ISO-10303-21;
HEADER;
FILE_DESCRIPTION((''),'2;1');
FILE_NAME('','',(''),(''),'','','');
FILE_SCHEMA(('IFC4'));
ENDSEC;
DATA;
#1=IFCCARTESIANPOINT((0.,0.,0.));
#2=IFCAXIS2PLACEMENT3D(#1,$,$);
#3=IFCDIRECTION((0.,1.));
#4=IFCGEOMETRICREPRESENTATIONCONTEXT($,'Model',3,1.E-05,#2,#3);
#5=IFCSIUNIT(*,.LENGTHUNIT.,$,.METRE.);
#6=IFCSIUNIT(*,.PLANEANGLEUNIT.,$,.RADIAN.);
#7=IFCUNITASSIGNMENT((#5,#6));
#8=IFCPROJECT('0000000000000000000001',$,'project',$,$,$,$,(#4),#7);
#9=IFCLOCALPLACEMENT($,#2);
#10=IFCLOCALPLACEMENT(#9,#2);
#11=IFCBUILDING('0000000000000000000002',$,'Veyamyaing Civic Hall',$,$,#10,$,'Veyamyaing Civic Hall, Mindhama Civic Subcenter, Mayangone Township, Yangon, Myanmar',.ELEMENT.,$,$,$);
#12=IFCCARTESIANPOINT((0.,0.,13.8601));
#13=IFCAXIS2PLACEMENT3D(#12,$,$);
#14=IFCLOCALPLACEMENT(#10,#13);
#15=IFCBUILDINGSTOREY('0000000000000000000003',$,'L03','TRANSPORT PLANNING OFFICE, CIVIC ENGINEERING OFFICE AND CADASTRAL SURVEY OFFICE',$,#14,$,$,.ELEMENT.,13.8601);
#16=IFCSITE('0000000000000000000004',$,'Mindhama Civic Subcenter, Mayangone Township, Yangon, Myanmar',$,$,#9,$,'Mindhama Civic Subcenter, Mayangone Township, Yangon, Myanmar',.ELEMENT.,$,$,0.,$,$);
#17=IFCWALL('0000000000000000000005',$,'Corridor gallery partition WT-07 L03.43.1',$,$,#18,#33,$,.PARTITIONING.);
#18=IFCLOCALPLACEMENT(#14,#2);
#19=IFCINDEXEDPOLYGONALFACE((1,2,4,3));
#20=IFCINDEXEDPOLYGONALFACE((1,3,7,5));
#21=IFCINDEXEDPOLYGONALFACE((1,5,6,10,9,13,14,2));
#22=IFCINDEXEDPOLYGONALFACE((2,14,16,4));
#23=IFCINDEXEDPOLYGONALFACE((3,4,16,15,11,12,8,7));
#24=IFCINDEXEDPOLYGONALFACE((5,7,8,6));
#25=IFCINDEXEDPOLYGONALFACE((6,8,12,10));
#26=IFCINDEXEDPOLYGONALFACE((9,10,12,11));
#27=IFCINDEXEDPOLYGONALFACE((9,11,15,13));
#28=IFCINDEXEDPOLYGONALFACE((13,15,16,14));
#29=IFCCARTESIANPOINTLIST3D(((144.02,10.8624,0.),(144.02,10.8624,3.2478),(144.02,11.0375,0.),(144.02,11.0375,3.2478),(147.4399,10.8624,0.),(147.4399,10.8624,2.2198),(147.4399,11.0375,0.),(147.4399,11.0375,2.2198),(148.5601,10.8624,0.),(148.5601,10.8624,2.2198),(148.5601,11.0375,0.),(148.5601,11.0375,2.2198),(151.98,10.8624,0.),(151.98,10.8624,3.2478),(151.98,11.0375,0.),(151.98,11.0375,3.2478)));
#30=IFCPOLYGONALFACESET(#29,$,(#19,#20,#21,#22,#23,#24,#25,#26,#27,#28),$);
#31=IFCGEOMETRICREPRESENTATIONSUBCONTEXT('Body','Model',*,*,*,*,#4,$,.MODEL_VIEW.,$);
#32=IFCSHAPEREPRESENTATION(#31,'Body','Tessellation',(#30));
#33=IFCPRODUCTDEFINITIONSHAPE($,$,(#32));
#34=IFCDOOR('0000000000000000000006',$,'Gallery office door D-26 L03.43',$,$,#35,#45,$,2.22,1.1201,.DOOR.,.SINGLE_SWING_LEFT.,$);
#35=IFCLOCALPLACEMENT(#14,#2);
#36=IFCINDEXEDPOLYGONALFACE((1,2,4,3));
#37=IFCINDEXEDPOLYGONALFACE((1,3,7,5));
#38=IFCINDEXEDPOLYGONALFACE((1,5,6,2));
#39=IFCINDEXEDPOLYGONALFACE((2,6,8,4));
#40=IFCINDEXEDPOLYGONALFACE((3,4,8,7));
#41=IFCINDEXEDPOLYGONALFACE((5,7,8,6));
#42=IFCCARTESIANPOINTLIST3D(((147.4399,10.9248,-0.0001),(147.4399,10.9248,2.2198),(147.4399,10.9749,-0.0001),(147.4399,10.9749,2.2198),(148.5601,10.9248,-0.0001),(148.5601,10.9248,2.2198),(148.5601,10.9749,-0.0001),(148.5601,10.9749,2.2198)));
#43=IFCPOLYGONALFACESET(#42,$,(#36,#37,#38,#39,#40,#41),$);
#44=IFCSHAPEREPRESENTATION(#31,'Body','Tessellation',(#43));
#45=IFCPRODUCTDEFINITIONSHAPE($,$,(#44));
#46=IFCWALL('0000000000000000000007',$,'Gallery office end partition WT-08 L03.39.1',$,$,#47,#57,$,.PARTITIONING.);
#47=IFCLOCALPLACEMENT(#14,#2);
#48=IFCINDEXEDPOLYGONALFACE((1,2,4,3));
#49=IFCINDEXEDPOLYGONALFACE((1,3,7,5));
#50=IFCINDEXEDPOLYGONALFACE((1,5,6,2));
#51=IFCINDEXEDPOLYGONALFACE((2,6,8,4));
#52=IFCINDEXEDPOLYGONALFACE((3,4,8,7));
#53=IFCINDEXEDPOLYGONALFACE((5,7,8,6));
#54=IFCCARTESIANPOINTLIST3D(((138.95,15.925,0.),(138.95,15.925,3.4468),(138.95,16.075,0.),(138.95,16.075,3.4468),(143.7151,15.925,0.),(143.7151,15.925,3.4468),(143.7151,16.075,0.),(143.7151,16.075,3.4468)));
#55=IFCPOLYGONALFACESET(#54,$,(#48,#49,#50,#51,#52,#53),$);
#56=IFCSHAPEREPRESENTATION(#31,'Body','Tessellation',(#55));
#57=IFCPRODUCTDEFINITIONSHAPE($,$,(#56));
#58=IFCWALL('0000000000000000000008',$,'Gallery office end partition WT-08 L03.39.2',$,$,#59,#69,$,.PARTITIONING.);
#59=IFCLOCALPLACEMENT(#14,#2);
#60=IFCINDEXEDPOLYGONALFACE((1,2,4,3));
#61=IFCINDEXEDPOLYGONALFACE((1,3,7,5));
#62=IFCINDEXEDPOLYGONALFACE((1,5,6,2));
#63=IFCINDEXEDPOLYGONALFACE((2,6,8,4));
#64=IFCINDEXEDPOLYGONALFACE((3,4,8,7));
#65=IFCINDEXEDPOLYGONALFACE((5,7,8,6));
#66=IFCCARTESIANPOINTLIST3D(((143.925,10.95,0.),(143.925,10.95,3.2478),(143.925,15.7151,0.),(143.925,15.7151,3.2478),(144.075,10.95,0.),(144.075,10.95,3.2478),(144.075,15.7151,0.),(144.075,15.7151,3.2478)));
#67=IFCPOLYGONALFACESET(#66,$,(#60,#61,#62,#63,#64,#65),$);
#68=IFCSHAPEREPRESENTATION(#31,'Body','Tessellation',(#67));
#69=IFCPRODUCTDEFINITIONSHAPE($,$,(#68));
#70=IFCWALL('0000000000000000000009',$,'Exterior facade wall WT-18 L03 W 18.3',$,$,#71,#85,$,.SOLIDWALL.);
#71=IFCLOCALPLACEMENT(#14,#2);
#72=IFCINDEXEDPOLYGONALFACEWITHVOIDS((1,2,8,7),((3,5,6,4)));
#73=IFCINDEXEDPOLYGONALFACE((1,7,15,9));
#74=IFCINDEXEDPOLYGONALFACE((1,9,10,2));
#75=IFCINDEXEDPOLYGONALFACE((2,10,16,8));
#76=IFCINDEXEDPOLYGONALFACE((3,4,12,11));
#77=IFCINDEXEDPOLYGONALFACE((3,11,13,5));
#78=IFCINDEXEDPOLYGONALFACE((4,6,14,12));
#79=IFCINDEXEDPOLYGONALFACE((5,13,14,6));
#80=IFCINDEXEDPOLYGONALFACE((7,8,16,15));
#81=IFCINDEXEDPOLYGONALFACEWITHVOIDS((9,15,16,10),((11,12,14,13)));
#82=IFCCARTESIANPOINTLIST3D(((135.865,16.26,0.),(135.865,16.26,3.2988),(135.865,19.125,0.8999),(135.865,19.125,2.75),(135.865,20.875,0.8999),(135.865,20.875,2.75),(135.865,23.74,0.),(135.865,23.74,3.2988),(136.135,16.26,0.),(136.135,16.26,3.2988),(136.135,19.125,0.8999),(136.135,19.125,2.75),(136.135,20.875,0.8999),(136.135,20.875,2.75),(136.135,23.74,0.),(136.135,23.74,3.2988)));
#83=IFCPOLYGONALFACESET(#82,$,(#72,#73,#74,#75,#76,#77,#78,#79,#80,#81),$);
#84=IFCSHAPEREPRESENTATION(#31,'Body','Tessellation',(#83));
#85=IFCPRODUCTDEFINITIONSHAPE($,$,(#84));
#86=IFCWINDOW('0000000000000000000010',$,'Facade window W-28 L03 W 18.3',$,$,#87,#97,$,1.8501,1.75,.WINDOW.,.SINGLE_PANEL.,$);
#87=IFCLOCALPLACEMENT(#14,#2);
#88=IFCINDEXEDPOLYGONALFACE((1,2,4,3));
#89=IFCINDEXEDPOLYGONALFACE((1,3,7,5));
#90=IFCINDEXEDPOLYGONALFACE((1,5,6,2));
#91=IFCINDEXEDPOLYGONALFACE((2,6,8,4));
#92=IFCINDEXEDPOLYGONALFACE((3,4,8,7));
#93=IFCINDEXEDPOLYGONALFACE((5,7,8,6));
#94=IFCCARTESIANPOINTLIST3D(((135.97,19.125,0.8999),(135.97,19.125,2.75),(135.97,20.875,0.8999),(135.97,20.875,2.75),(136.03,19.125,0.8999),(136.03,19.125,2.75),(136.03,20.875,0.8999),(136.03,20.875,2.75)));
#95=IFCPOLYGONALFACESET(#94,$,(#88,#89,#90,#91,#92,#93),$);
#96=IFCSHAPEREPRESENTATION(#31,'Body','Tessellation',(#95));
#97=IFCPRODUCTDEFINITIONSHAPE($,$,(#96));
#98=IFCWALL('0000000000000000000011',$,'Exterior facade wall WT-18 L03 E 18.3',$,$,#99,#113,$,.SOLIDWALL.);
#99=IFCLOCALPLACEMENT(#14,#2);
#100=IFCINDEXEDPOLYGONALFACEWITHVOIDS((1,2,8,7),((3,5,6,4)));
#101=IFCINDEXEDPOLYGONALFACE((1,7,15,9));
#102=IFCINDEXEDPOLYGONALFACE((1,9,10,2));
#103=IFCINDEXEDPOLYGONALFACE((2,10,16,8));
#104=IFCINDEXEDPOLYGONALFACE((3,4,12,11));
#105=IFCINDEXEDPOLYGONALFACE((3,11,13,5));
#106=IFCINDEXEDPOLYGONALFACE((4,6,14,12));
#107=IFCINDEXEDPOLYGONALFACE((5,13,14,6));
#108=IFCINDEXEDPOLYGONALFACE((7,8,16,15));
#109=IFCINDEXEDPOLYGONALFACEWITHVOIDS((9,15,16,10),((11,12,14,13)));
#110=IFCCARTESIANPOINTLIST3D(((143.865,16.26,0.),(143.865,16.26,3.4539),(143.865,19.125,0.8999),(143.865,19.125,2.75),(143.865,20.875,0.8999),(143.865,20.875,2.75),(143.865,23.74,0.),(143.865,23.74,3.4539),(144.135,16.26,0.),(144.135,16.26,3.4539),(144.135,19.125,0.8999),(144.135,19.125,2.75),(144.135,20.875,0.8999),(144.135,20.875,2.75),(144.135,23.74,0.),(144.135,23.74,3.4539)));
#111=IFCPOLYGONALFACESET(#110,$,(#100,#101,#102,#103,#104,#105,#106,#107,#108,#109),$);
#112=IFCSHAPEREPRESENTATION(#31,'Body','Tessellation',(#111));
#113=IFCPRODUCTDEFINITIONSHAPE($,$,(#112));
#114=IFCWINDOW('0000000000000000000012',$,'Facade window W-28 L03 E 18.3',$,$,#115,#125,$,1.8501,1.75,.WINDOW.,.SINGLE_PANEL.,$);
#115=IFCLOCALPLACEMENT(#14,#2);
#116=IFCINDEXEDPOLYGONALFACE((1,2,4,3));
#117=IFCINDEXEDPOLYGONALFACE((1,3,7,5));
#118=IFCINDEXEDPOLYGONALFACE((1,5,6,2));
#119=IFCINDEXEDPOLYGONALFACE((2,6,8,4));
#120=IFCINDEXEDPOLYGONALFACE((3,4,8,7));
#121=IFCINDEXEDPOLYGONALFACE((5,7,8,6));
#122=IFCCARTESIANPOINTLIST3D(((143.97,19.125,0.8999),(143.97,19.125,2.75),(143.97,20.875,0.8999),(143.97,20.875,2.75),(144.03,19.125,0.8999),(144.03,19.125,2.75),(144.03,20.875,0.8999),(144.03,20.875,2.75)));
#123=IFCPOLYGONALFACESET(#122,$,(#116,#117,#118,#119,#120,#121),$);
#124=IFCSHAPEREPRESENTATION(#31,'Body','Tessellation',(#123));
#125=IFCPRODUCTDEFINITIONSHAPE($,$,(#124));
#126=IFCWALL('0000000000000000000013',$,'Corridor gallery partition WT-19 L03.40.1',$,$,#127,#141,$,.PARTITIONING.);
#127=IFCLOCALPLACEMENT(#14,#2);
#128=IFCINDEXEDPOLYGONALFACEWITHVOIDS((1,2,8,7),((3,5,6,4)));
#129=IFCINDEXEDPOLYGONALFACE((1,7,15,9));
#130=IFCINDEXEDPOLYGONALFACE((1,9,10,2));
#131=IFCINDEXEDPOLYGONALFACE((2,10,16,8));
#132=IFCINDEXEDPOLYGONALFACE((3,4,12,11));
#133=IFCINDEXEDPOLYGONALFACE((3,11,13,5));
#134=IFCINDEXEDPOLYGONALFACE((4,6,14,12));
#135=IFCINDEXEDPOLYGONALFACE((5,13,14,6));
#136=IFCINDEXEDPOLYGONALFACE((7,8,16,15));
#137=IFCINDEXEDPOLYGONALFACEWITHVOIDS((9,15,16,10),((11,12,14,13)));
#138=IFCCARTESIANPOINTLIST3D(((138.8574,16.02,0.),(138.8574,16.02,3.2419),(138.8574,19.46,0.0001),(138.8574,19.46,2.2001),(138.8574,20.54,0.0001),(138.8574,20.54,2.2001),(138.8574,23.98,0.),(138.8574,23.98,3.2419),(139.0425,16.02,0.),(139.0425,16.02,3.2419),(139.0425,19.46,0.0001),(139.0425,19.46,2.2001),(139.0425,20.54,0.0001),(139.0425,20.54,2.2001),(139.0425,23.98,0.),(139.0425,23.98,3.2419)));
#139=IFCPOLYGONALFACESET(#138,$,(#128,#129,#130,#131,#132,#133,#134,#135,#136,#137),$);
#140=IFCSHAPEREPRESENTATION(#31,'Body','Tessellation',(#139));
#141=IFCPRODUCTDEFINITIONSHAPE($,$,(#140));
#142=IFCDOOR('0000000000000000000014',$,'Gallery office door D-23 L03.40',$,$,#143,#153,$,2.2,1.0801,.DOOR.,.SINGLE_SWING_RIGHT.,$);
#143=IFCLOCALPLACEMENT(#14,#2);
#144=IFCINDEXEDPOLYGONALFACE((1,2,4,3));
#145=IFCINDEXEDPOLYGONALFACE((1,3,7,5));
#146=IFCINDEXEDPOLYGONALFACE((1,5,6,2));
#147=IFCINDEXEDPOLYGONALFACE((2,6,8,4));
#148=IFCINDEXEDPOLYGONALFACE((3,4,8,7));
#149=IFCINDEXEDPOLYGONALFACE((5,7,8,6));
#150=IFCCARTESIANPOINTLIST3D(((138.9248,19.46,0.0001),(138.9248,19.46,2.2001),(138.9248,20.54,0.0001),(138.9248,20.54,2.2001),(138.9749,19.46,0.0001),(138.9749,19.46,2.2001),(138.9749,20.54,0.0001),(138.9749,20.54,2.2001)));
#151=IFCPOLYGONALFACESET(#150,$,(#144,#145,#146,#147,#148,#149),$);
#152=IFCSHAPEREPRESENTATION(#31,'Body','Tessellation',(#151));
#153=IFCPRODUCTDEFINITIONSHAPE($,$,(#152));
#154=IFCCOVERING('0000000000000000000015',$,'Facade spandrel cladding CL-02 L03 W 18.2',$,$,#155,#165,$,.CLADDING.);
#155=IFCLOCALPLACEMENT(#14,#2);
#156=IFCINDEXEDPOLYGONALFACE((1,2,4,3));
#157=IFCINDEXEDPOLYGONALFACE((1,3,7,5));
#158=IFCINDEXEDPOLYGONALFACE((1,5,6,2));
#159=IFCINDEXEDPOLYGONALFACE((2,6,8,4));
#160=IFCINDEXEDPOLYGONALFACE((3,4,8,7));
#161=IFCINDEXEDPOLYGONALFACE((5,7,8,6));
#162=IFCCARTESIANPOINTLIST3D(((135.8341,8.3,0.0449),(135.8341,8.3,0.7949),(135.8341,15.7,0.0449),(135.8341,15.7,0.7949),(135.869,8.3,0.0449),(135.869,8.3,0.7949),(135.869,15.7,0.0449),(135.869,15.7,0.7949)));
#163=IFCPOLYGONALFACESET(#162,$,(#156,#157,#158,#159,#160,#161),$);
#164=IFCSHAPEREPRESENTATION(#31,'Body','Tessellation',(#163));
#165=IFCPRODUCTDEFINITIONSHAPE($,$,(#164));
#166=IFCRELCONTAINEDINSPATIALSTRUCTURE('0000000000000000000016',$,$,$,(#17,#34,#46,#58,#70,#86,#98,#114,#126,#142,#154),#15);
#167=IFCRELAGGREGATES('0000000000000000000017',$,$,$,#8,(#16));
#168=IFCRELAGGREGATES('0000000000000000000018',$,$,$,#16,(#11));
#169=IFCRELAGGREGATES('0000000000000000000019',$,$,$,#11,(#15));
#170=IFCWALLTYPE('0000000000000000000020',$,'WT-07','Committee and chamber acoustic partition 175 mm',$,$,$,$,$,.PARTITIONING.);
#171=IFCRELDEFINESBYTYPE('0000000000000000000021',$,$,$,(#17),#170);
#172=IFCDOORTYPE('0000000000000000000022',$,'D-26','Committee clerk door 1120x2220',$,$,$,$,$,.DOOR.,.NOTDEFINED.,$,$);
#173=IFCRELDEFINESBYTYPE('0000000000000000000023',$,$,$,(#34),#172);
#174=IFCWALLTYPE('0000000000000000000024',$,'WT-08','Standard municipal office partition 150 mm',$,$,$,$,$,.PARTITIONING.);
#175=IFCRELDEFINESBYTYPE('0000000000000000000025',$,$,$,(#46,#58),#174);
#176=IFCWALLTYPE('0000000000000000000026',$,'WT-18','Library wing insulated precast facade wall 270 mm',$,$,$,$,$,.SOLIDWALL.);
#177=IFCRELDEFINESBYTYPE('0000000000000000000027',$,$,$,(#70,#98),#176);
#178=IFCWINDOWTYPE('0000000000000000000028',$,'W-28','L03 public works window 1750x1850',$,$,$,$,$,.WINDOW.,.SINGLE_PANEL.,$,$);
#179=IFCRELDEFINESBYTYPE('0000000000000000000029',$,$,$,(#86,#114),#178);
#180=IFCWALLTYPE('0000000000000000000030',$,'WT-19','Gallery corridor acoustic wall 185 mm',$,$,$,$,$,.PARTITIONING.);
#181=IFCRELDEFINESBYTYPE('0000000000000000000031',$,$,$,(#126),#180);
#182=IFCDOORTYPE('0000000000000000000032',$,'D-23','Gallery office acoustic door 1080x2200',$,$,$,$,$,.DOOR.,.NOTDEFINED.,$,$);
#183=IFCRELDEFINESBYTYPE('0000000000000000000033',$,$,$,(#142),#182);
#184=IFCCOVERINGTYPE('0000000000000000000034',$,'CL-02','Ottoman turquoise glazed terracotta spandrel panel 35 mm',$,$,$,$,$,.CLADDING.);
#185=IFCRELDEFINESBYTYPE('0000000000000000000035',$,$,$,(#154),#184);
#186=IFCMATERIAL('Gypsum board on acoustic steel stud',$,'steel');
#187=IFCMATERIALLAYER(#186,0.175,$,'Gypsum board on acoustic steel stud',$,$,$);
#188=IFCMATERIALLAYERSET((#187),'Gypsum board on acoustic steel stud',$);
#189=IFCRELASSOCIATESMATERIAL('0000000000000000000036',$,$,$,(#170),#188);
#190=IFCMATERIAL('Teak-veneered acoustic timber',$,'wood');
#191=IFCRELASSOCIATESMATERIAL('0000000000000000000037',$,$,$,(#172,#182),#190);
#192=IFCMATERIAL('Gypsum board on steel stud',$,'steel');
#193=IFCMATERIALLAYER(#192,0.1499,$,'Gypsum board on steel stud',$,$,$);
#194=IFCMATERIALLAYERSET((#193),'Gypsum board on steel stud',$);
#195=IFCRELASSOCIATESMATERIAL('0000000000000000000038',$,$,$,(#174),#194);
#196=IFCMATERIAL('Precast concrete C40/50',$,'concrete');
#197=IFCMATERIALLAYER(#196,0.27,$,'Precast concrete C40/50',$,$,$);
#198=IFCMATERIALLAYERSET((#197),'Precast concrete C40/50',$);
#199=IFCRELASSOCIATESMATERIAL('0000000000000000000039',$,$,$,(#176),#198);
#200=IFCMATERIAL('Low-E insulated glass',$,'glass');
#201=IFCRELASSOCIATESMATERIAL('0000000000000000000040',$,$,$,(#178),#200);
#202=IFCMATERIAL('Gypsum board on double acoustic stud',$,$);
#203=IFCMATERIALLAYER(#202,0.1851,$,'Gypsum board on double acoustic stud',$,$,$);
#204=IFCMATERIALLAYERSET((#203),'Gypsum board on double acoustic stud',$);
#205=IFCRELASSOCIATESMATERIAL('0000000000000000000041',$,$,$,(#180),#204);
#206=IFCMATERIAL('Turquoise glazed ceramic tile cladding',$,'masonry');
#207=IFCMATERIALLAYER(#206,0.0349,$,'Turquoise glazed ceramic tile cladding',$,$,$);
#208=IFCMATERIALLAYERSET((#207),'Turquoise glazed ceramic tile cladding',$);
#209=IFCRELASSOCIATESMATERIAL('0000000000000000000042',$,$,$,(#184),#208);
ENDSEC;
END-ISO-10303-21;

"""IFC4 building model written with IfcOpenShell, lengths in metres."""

from ifc_helpers import new_model, si_unit, direction, frame, frame_2d, origin, origin_2d, place, context, subcontext, project, spatial, rectangle, extrude, material, layer, layer_set, type_object, element, fill, save


model = new_model("IFC4")

# Units and contexts
model_context = context("Model", 3, precision=1e-05, world=origin(), true_north=direction((0.0, 1.0)))
body_context = subcontext(model_context, "Body", "Model", "MODEL_VIEW")
ifc_project = project(units=[si_unit("LENGTHUNIT", "METRE"), si_unit("PLANEANGLEUNIT", "RADIAN")], contexts=[model_context])

# Site, building, storey
site_placement = place(None, origin())
site = spatial("IfcSite", under=ifc_project, at=site_placement, Name="Mindhama Civic Subcenter, Mayangone Township, Yangon, Myanmar", LongName="Mindhama Civic Subcenter, Mayangone Township, Yangon, Myanmar", CompositionType="ELEMENT", RefElevation=0.0)
building_placement = place(site_placement, origin())
building = spatial("IfcBuilding", under=site, at=building_placement, Name="Veyamyaing Civic Hall", LongName="Veyamyaing Civic Hall, Mindhama Civic Subcenter, Mayangone Township, Yangon, Myanmar", CompositionType="ELEMENT")
storey_placement = place(building_placement, frame((0.0, 0.0, 13.8601)))
storey = spatial("IfcBuildingStorey", under=building, at=storey_placement, Name="L03", Description="TRANSPORT PLANNING OFFICE, CIVIC ENGINEERING OFFICE AND CADASTRAL SURVEY OFFICE", CompositionType="ELEMENT", Elevation=13.8601)

# Wall, opening, door
ifc_material_1 = material(Name="Gypsum board on acoustic steel stud", Category="steel")
ifc_layer_1 = layer(ifc_material_1, 0.175, Name="Gypsum board on acoustic steel stud")
ifc_layer_set_1 = layer_set([ifc_layer_1], Name="Gypsum board on acoustic steel stud")
wall_type_1 = type_object("IfcWallType", Name="WT-07", Description="Committee and chamber acoustic partition 175 mm", PredefinedType="PARTITIONING", material=ifc_layer_set_1)
wall_1_placement = place(storey_placement, frame((144.02, 10.95, 0.0), z_axis=(0.0, 0.0, 1.0), x_axis=(1.0, 0.0, 0.0)))
wall_1 = element("IfcWall", 1, at=wall_1_placement, inside=storey, type_object=wall_type_1, Name="Corridor gallery partition WT-07 L03.43.1", PredefinedType="PARTITIONING", context=body_context, shape_type="SweptSolid", body=[
    extrude(rectangle(XDim=7.96, YDim=0.175, at=frame_2d((3.98, 0.0))), origin(), (0.0, 0.0, 1.0), 3.2478),
])
opening_1_placement = place(wall_1_placement, frame((3.4199, 0.0, 0.0)))
opening_1 = element("IfcOpeningElement", 2, at=opening_1_placement, cuts=wall_1, PredefinedType="OPENING", context=body_context, shape_type="SweptSolid", body=[
    extrude(rectangle(XDim=1.1201, YDim=2.22, at=frame_2d((0.5601, 1.1099))), frame((0.0, 0.0974, 0.0), z_axis=(0.0, -1.0, 0.0), x_axis=(1.0, 0.0, 0.0)), (0.0, 0.0, 1.0), 0.1951),
])
ifc_material_2 = material(Name="Teak-veneered acoustic timber", Category="wood")
door_type_1 = type_object("IfcDoorType", Name="D-26", Description="Committee clerk door 1120x2220", OperationType="NOTDEFINED", PredefinedType="DOOR", material=ifc_material_2)
door_1_placement = place(opening_1_placement, origin())
door_1 = element("IfcDoor", 3, at=door_1_placement, inside=storey, type_object=door_type_1, Name="Gallery office door D-26 L03.43", OperationType="SINGLE_SWING_LEFT", OverallHeight=2.22, OverallWidth=1.1201, PredefinedType="DOOR", context=body_context, shape_type="SweptSolid", body=[
    extrude(rectangle(XDim=1.1201, YDim=2.22, at=frame_2d((0.5601, 1.1099))), frame((0.0, 0.0249, 0.0), z_axis=(0.0, -1.0, 0.0), x_axis=(1.0, 0.0, 0.0)), (0.0, 0.0, 1.0), 0.05),
])
fill(opening_1, door_1)

# Walls
ifc_material_3 = material(Name="Gypsum board on steel stud", Category="steel")
ifc_layer_2 = layer(ifc_material_3, 0.1499, Name="Gypsum board on steel stud")
ifc_layer_set_2 = layer_set([ifc_layer_2], Name="Gypsum board on steel stud")
wall_type_2 = type_object("IfcWallType", Name="WT-08", Description="Standard municipal office partition 150 mm", PredefinedType="PARTITIONING", material=ifc_layer_set_2)
wall_2_placement = place(storey_placement, frame((138.95, 16.0, 0.0), z_axis=(0.0, 0.0, 1.0), x_axis=(1.0, 0.0, 0.0)))
element("IfcWall", 4, at=wall_2_placement, inside=storey, type_object=wall_type_2, Name="Gallery office end partition WT-08 L03.39.1", PredefinedType="PARTITIONING", context=body_context, shape_type="SweptSolid", body=[
    extrude(rectangle(XDim=4.7651, YDim=0.1499, at=frame_2d((2.3826, 0.0))), origin(), (0.0, 0.0, 1.0), 3.4468),
])
wall_3_placement = place(storey_placement, frame((144.0, 10.95, 0.0), z_axis=(0.0, 0.0, 1.0), x_axis=(0.0, 1.0, 0.0)))
element("IfcWall", 5, at=wall_3_placement, inside=storey, type_object=wall_type_2, Name="Gallery office end partition WT-08 L03.39.2", PredefinedType="PARTITIONING", context=body_context, shape_type="SweptSolid", body=[
    extrude(rectangle(XDim=4.7651, YDim=0.1499, at=frame_2d((2.3826, 0.0))), origin(), (0.0, 0.0, 1.0), 3.2478),
])

# Walls, openings, windows
ifc_material_4 = material(Name="Precast concrete C40/50", Category="concrete")
ifc_layer_3 = layer(ifc_material_4, 0.27, Name="Precast concrete C40/50")
ifc_layer_set_3 = layer_set([ifc_layer_3], Name="Precast concrete C40/50")
wall_type_3 = type_object("IfcWallType", Name="WT-18", Description="Library wing insulated precast facade wall 270 mm", PredefinedType="SOLIDWALL", material=ifc_layer_set_3)
wall_4_placement = place(storey_placement, frame((136.0, 16.26, 0.0), z_axis=(0.0, 0.0, 1.0), x_axis=(0.0, 1.0, 0.0)))
wall_4 = element("IfcWall", 6, at=wall_4_placement, inside=storey, type_object=wall_type_3, Name="Exterior facade wall WT-18 L03 W 18.3", PredefinedType="SOLIDWALL", context=body_context, shape_type="SweptSolid", body=[
    extrude(rectangle(XDim=7.48, YDim=0.27, at=frame_2d((3.74, 0.0))), origin(), (0.0, 0.0, 1.0), 3.2988),
])
opening_2_placement = place(wall_4_placement, frame((2.865, 0.0, 0.8999)))
opening_2 = element("IfcOpeningElement", 7, at=opening_2_placement, cuts=wall_4, PredefinedType="OPENING", context=body_context, shape_type="SweptSolid", body=[
    extrude(rectangle(XDim=1.75, YDim=1.8501, at=frame_2d((0.875, 0.925))), frame((0.0, 0.145, 0.0), z_axis=(0.0, -1.0, 0.0), x_axis=(1.0, 0.0, 0.0)), (0.0, 0.0, 1.0), 0.29),
])
ifc_material_5 = material(Name="Low-E insulated glass", Category="glass")
window_type = type_object("IfcWindowType", Name="W-28", Description="L03 public works window 1750x1850", PartitioningType="SINGLE_PANEL", PredefinedType="WINDOW", material=ifc_material_5)
window_1_placement = place(opening_2_placement, origin())
window_1 = element("IfcWindow", 8, at=window_1_placement, inside=storey, type_object=window_type, Name="Facade window W-28 L03 W 18.3", OverallHeight=1.8501, OverallWidth=1.75, PartitioningType="SINGLE_PANEL", PredefinedType="WINDOW", context=body_context, shape_type="SweptSolid", body=[
    extrude(rectangle(XDim=1.75, YDim=1.8501, at=frame_2d((0.875, 0.925))), frame((0.0, 0.03, 0.0), z_axis=(0.0, -1.0, 0.0), x_axis=(1.0, 0.0, 0.0)), (0.0, 0.0, 1.0), 0.0601),
])
fill(opening_2, window_1)
wall_5_placement = place(storey_placement, frame((144.0, 16.26, 0.0), z_axis=(0.0, 0.0, 1.0), x_axis=(0.0, 1.0, 0.0)))
wall_5 = element("IfcWall", 9, at=wall_5_placement, inside=storey, type_object=wall_type_3, Name="Exterior facade wall WT-18 L03 E 18.3", PredefinedType="SOLIDWALL", context=body_context, shape_type="SweptSolid", body=[
    extrude(rectangle(XDim=7.48, YDim=0.27, at=frame_2d((3.74, 0.0))), origin(), (0.0, 0.0, 1.0), 3.4539),
])
opening_3_placement = place(wall_5_placement, frame((2.865, 0.0, 0.8999)))
opening_3 = element("IfcOpeningElement", 10, at=opening_3_placement, cuts=wall_5, PredefinedType="OPENING", context=body_context, shape_type="SweptSolid", body=[
    extrude(rectangle(XDim=1.75, YDim=1.8501, at=frame_2d((0.875, 0.925))), frame((0.0, 0.145, 0.0), z_axis=(0.0, -1.0, 0.0), x_axis=(1.0, 0.0, 0.0)), (0.0, 0.0, 1.0), 0.29),
])
window_2_placement = place(opening_3_placement, origin())
window_2 = element("IfcWindow", 11, at=window_2_placement, inside=storey, type_object=window_type, Name="Facade window W-28 L03 E 18.3", OverallHeight=1.8501, OverallWidth=1.75, PartitioningType="SINGLE_PANEL", PredefinedType="WINDOW", context=body_context, shape_type="SweptSolid", body=[
    extrude(rectangle(XDim=1.75, YDim=1.8501, at=frame_2d((0.875, 0.925))), frame((0.0, 0.03, 0.0), z_axis=(0.0, -1.0, 0.0), x_axis=(1.0, 0.0, 0.0)), (0.0, 0.0, 1.0), 0.0601),
])
fill(opening_3, window_2)

# Wall, opening, door
ifc_material_6 = material(Name="Gypsum board on double acoustic stud")
ifc_layer_4 = layer(ifc_material_6, 0.1851, Name="Gypsum board on double acoustic stud")
ifc_layer_set_4 = layer_set([ifc_layer_4], Name="Gypsum board on double acoustic stud")
wall_type_4 = type_object("IfcWallType", Name="WT-19", Description="Gallery corridor acoustic wall 185 mm", PredefinedType="PARTITIONING", material=ifc_layer_set_4)
wall_6_placement = place(storey_placement, frame((138.95, 16.02, 0.0), z_axis=(0.0, 0.0, 1.0), x_axis=(0.0, 1.0, 0.0)))
wall_6 = element("IfcWall", 12, at=wall_6_placement, inside=storey, type_object=wall_type_4, Name="Corridor gallery partition WT-19 L03.40.1", PredefinedType="PARTITIONING", context=body_context, shape_type="SweptSolid", body=[
    extrude(rectangle(XDim=7.96, YDim=0.1851, at=frame_2d((3.98, 0.0))), origin(), (0.0, 0.0, 1.0), 3.2419),
])
opening_4_placement = place(wall_6_placement, frame((3.4399, 0.0, 0.0)))
opening_4 = element("IfcOpeningElement", 13, at=opening_4_placement, cuts=wall_6, PredefinedType="OPENING", context=body_context, shape_type="SweptSolid", body=[
    extrude(rectangle(XDim=1.0801, YDim=2.2, at=frame_2d((0.54, 1.1001))), frame((0.0, 0.1025, 0.0), z_axis=(0.0, -1.0, 0.0), x_axis=(1.0, 0.0, 0.0)), (0.0, 0.0, 1.0), 0.2051),
])
door_type_2 = type_object("IfcDoorType", Name="D-23", Description="Gallery office acoustic door 1080x2200", OperationType="NOTDEFINED", PredefinedType="DOOR", material=ifc_material_2)
door_2_placement = place(opening_4_placement, frame((1.0801, 0.0, 0.0), z_axis=(0.0, 0.0, 1.0), x_axis=(-1.0, 0.0, 0.0)))
door_2 = element("IfcDoor", 14, at=door_2_placement, inside=storey, type_object=door_type_2, Name="Gallery office door D-23 L03.40", OperationType="SINGLE_SWING_RIGHT", OverallHeight=2.2, OverallWidth=1.0801, PredefinedType="DOOR", context=body_context, shape_type="SweptSolid", body=[
    extrude(rectangle(XDim=1.0801, YDim=2.2, at=frame_2d((0.54, 1.1001))), frame((0.0, 0.0249, 0.0), z_axis=(0.0, -1.0, 0.0), x_axis=(1.0, 0.0, 0.0)), (0.0, 0.0, 1.0), 0.05),
])
fill(opening_4, door_2)

# Covering
ifc_material_7 = material(Name="Turquoise glazed ceramic tile cladding", Category="masonry")
ifc_layer_5 = layer(ifc_material_7, 0.0349, Name="Turquoise glazed ceramic tile cladding")
ifc_layer_set_5 = layer_set([ifc_layer_5], Name="Turquoise glazed ceramic tile cladding")
covering_type_1 = type_object("IfcCoveringType", Name="CL-02", Description="Ottoman turquoise glazed terracotta spandrel panel 35 mm", PredefinedType="CLADDING", material=ifc_layer_set_5)
covering_placement = place(storey_placement, frame((135.8516, 12.0, 0.0449), z_axis=(0.0, 0.0, 1.0), x_axis=(0.0, 1.0, 0.0)))
element("IfcCovering", 15, at=covering_placement, inside=storey, type_object=covering_type_1, Name="Facade spandrel cladding CL-02 L03 W 18.2", PredefinedType="CLADDING", context=body_context, shape_type="SweptSolid", body=[
    extrude(rectangle(XDim=7.3999, YDim=0.0349, at=origin_2d()), origin(), (0.0, 0.0, 1.0), 0.75),
])

save(model, "model.ifc")
